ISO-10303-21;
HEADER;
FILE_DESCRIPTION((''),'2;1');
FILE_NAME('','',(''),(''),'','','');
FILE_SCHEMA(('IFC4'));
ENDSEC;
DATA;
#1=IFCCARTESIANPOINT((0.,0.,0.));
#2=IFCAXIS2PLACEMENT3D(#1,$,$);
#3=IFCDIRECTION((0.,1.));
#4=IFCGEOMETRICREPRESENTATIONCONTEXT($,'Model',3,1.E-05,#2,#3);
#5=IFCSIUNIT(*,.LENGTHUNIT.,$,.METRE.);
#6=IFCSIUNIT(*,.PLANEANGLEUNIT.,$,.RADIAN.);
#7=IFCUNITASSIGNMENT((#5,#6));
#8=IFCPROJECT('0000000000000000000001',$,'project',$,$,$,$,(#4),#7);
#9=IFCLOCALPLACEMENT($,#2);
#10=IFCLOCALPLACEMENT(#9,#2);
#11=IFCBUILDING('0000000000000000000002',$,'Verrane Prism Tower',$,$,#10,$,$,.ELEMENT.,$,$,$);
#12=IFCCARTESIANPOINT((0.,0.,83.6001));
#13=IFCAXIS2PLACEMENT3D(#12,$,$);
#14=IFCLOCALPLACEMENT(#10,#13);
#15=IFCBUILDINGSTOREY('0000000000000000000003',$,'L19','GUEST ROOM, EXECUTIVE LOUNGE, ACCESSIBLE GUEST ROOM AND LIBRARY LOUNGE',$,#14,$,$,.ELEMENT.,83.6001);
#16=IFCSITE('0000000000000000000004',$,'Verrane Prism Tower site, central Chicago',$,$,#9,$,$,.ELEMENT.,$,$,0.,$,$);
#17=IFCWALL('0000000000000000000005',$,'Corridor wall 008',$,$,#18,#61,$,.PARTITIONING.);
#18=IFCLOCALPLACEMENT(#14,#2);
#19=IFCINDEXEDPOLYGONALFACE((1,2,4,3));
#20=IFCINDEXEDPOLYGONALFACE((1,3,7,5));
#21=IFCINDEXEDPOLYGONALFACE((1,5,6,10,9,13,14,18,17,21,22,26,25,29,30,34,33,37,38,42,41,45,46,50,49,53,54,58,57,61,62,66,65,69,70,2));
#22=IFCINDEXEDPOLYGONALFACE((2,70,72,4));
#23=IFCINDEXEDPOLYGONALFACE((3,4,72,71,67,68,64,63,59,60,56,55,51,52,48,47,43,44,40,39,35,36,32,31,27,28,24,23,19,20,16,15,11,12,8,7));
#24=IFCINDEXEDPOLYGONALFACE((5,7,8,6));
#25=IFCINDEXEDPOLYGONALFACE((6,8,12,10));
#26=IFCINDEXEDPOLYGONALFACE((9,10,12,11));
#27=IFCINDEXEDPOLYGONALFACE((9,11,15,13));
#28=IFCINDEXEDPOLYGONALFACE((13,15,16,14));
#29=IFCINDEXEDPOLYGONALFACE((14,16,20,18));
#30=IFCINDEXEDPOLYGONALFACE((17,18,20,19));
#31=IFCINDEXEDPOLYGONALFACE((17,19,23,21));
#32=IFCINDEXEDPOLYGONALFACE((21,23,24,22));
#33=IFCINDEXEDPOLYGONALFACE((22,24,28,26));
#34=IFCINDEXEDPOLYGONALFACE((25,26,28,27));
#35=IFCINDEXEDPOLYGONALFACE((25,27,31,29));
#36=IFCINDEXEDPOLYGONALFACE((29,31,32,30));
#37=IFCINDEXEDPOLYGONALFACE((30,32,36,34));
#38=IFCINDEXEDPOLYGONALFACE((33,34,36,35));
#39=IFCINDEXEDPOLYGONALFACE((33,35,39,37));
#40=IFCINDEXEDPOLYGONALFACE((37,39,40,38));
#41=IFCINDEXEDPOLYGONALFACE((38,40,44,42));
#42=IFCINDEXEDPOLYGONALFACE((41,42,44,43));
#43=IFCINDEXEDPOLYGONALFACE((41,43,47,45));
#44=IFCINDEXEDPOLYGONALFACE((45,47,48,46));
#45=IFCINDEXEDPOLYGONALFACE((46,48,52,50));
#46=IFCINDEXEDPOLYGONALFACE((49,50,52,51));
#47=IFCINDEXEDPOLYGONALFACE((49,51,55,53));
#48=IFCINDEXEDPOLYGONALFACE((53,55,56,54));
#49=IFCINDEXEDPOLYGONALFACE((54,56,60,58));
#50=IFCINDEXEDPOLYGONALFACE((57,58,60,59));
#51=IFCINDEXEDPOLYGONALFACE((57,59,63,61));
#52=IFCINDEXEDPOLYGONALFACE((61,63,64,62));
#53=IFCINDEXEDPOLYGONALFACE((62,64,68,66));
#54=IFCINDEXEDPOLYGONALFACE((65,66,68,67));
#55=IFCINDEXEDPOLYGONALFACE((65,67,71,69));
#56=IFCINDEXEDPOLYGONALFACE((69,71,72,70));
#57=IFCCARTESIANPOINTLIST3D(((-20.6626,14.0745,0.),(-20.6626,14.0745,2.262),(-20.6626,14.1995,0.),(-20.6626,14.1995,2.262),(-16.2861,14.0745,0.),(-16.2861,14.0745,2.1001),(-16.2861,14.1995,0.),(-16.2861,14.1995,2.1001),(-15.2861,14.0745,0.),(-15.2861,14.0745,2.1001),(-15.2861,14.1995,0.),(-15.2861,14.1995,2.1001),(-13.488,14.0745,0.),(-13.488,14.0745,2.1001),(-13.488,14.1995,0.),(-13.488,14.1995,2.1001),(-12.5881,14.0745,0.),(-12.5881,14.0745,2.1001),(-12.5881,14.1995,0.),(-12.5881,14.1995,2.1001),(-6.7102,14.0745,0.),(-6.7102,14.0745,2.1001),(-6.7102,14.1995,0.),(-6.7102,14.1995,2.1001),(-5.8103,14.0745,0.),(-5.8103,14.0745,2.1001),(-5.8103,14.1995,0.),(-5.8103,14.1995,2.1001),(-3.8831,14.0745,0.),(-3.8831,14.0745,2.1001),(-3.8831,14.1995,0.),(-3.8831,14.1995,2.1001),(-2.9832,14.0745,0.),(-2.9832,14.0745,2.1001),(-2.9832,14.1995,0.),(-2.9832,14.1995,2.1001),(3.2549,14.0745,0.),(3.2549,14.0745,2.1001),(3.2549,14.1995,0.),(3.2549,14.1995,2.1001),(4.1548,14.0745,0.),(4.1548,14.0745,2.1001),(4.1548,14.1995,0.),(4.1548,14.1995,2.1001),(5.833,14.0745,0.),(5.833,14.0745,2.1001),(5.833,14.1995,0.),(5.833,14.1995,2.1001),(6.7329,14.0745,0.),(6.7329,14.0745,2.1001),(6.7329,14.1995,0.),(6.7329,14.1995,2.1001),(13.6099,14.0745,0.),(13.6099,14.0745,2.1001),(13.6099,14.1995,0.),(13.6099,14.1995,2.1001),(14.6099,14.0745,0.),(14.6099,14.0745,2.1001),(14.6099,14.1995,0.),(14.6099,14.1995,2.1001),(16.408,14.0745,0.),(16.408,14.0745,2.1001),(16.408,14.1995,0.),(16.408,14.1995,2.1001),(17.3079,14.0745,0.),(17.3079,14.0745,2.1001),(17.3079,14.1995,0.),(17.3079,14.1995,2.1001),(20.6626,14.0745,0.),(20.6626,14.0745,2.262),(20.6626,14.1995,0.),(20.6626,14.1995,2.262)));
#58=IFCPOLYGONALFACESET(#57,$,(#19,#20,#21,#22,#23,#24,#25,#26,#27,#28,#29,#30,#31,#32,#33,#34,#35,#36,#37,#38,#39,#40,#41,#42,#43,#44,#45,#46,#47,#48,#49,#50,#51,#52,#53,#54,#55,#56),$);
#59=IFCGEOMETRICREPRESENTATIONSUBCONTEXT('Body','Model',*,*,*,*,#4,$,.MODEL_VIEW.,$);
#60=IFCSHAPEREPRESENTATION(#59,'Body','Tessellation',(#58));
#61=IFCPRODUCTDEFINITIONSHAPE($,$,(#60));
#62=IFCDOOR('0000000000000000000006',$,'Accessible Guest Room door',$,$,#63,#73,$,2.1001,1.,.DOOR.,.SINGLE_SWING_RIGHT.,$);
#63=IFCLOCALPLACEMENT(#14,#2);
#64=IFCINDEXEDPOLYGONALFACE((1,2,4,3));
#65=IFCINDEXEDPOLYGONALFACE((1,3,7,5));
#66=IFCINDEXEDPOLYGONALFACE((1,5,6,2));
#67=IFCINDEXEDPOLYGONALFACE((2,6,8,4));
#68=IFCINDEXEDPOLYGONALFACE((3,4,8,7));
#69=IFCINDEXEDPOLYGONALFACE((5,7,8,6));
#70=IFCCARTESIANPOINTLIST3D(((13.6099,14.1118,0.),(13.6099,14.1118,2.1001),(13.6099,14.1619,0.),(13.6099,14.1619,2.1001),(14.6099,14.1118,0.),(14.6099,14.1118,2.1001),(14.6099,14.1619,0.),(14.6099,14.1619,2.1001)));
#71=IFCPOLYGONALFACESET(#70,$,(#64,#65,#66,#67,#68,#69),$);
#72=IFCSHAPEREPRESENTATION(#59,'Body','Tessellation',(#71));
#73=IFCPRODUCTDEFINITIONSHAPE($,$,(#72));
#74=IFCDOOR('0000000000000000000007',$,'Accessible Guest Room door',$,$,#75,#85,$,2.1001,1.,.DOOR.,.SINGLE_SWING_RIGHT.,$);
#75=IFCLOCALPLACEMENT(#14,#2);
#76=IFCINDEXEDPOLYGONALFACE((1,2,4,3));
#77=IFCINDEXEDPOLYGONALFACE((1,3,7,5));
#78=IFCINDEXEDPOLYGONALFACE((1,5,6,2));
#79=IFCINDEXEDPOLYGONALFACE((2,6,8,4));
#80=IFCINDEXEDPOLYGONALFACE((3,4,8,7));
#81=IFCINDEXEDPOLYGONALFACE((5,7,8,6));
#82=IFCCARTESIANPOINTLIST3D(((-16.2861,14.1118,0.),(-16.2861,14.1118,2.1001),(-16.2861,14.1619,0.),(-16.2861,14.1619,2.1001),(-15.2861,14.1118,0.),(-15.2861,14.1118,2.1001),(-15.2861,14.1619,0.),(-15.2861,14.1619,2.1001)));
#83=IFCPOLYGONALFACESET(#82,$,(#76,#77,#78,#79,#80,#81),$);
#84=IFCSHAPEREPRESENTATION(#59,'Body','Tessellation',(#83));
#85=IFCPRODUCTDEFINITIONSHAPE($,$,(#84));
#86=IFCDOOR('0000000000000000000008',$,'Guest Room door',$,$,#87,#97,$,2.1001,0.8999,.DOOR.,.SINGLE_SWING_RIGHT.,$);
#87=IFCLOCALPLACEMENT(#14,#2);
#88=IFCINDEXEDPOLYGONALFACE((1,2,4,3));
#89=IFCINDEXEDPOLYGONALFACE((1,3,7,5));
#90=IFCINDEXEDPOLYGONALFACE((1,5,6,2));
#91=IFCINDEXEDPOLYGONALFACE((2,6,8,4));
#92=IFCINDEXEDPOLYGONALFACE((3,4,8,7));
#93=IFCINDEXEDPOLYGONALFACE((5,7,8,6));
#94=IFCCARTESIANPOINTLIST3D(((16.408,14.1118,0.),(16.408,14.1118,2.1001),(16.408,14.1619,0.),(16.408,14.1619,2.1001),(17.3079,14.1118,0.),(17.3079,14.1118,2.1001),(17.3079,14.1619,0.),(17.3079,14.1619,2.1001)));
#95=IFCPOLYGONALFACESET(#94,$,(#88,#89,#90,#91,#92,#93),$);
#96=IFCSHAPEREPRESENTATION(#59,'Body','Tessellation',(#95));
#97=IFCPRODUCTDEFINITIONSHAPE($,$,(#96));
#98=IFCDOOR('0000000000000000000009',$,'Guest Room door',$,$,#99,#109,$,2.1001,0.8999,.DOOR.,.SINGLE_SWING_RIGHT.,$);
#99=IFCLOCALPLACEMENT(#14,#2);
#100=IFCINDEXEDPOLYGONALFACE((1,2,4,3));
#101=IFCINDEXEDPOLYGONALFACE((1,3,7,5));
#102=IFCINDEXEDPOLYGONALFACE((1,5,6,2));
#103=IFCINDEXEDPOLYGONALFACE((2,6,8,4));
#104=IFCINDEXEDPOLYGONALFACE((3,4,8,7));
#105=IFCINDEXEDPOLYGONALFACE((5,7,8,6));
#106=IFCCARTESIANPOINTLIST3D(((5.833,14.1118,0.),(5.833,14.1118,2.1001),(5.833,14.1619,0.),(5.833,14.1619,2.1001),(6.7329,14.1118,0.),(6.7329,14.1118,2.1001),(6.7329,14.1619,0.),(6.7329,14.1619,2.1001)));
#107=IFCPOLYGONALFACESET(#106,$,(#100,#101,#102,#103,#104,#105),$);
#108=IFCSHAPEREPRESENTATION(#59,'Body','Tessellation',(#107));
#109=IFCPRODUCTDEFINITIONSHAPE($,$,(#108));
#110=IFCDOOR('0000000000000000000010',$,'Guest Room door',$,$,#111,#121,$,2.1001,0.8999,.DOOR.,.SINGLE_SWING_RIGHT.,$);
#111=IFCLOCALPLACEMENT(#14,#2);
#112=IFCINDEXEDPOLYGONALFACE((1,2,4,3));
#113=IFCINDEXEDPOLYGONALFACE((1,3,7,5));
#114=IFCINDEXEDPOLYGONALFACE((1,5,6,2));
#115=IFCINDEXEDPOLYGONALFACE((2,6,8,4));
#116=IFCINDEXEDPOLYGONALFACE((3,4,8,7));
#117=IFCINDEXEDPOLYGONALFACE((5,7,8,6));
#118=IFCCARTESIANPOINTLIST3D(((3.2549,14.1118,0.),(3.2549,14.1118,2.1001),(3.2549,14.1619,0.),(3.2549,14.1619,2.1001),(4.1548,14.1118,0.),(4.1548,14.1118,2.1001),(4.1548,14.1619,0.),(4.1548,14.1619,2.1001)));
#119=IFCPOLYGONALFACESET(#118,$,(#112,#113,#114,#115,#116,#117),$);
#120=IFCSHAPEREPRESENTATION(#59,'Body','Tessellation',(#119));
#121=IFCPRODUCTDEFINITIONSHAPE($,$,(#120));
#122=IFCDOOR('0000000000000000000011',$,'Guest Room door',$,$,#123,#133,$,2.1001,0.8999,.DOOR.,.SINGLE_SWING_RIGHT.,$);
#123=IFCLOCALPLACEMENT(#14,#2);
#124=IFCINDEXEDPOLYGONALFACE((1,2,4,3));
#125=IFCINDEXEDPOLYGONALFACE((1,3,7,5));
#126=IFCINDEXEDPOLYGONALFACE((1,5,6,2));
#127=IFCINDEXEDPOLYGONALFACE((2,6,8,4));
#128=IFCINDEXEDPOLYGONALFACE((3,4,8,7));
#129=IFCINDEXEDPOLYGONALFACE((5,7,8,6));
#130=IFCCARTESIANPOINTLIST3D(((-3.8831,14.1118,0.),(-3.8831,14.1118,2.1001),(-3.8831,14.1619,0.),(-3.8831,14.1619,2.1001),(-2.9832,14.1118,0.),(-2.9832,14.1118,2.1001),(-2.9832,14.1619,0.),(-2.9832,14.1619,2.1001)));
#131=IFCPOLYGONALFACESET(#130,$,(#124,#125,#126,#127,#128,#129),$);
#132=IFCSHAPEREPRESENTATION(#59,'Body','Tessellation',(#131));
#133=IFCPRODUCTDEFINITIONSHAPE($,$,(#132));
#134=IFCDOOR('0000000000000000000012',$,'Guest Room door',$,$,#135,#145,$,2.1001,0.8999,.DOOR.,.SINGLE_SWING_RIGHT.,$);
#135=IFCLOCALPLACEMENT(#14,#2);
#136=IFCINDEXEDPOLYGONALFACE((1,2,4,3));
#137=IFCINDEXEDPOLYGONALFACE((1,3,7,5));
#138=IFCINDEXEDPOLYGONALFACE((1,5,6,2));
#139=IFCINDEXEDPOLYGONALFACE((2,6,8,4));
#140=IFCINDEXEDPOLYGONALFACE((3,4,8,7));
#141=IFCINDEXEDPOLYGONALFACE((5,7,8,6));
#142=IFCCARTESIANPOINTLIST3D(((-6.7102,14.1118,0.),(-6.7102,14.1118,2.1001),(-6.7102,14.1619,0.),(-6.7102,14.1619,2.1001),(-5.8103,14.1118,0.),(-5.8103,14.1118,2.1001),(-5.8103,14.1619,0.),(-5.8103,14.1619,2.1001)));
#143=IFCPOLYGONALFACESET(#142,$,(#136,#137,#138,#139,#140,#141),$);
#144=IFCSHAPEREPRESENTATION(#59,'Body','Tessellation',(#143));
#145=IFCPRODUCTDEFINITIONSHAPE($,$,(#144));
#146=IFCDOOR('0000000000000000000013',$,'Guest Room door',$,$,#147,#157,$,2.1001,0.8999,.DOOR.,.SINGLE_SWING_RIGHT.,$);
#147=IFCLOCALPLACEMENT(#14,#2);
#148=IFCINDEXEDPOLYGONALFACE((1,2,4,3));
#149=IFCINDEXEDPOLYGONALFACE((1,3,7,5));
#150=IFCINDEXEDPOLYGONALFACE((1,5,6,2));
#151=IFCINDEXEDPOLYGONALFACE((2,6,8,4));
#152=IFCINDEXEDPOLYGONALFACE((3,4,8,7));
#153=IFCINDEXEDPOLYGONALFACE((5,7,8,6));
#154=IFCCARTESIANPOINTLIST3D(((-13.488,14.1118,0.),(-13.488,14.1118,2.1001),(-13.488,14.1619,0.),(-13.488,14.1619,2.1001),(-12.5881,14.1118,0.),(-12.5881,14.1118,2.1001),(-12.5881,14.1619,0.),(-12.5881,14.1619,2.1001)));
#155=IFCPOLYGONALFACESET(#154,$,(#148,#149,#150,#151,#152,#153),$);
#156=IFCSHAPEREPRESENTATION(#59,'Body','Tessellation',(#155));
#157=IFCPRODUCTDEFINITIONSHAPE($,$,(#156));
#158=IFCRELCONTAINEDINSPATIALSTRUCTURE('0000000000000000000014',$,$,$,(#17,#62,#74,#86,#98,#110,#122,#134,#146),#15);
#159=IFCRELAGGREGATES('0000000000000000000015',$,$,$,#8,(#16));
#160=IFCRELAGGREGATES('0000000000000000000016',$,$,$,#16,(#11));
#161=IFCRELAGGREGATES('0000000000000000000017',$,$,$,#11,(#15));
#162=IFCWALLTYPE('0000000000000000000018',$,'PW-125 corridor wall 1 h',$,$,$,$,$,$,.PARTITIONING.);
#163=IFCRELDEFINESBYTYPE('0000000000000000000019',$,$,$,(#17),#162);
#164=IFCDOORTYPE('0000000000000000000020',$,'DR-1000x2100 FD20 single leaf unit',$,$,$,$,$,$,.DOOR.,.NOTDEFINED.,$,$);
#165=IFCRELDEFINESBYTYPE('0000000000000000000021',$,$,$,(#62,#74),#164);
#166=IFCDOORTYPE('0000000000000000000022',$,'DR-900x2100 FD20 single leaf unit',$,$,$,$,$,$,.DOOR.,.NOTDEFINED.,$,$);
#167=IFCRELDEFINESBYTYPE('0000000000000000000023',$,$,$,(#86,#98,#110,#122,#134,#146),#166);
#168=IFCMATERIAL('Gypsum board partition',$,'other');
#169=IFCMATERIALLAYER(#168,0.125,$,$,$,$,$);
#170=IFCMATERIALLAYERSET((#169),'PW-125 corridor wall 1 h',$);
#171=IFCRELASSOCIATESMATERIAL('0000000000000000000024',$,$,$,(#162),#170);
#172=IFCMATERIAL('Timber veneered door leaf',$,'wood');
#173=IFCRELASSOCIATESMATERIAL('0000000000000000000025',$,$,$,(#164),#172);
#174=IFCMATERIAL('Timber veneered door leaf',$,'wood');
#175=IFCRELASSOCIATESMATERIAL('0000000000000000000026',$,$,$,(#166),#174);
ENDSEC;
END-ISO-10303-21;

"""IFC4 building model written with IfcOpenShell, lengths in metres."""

from ifc_helpers import new_model, si_unit, direction, frame, frame_2d, origin, place, context, subcontext, project, spatial, rectangle, extrude, material, layer, layer_set, type_object, element, fill, save


model = new_model("IFC4")

# Units and contexts
model_context = context("Model", 3, precision=1e-05, world=origin(), true_north=direction((0.0, 1.0)))
body_context = subcontext(model_context, "Body", "Model", "MODEL_VIEW")
ifc_project = project(units=[si_unit("LENGTHUNIT", "METRE"), si_unit("PLANEANGLEUNIT", "RADIAN")], contexts=[model_context])

# Site, building, storey
site_placement = place(None, origin())
site = spatial("IfcSite", under=ifc_project, at=site_placement, Name="Verrane Prism Tower site, central Chicago", CompositionType="ELEMENT", RefElevation=0.0)
building_placement = place(site_placement, origin())
building = spatial("IfcBuilding", under=site, at=building_placement, Name="Verrane Prism Tower", CompositionType="ELEMENT")
storey_placement = place(building_placement, frame((0.0, 0.0, 83.6001)))
storey = spatial("IfcBuildingStorey", under=building, at=storey_placement, Name="L19", Description="GUEST ROOM, EXECUTIVE LOUNGE, ACCESSIBLE GUEST ROOM AND LIBRARY LOUNGE", CompositionType="ELEMENT", Elevation=83.6001)

# Wall, openings, doors
ifc_material_1 = material(Name="Gypsum board partition", Category="other")
ifc_layer_1 = layer(ifc_material_1, 0.125)
ifc_layer_set_1 = layer_set([ifc_layer_1], Name="PW-125 corridor wall 1 h")
wall_type_1 = type_object("IfcWallType", Name="PW-125 corridor wall 1 h", PredefinedType="PARTITIONING", material=ifc_layer_set_1)
wall_1_placement = place(storey_placement, frame((-20.6626, 14.137, 0.0), z_axis=(0.0, 0.0, 1.0), x_axis=(1.0, 0.0, 0.0)))
wall_1 = element("IfcWall", 1, at=wall_1_placement, inside=storey, type_object=wall_type_1, Name="Corridor wall 008", PredefinedType="PARTITIONING", context=body_context, shape_type="SweptSolid", body=[
    extrude(rectangle(XDim=41.3252, YDim=0.125, at=frame_2d((20.6626, 0.0))), origin(), (0.0, 0.0, 1.0), 2.262),
])
opening_1_placement = place(wall_1_placement, frame((37.0706, 0.0, 0.0)))
opening_1 = element("IfcOpeningElement", 2, at=opening_1_placement, cuts=wall_1, PredefinedType="OPENING", context=body_context, shape_type="SweptSolid", body=[
    extrude(rectangle(XDim=0.8999, YDim=2.1001, at=frame_2d((0.45, 1.05))), frame((0.0, 0.0725, 0.0), z_axis=(0.0, -1.0, 0.0), x_axis=(1.0, 0.0, 0.0)), (0.0, 0.0, 1.0), 0.145),
])
opening_2_placement = place(wall_1_placement, frame((34.2725, 0.0, 0.0)))
opening_2 = element("IfcOpeningElement", 3, at=opening_2_placement, cuts=wall_1, PredefinedType="OPENING", context=body_context, shape_type="SweptSolid", body=[
    extrude(rectangle(XDim=1.0, YDim=2.1001, at=frame_2d((0.5, 1.05))), frame((0.0, 0.0725, 0.0), z_axis=(0.0, -1.0, 0.0), x_axis=(1.0, 0.0, 0.0)), (0.0, 0.0, 1.0), 0.145),
])
opening_3_placement = place(wall_1_placement, frame((26.4956, 0.0, 0.0)))
opening_3 = element("IfcOpeningElement", 4, at=opening_3_placement, cuts=wall_1, PredefinedType="OPENING", context=body_context, shape_type="SweptSolid", body=[
    extrude(rectangle(XDim=0.8999, YDim=2.1001, at=frame_2d((0.45, 1.05))), frame((0.0, 0.0725, 0.0), z_axis=(0.0, -1.0, 0.0), x_axis=(1.0, 0.0, 0.0)), (0.0, 0.0, 1.0), 0.145),
])
opening_4_placement = place(wall_1_placement, frame((23.9175, 0.0, 0.0)))
opening_4 = element("IfcOpeningElement", 5, at=opening_4_placement, cuts=wall_1, PredefinedType="OPENING", context=body_context, shape_type="SweptSolid", body=[
    extrude(rectangle(XDim=0.8999, YDim=2.1001, at=frame_2d((0.45, 1.05))), frame((0.0, 0.0725, 0.0), z_axis=(0.0, -1.0, 0.0), x_axis=(1.0, 0.0, 0.0)), (0.0, 0.0, 1.0), 0.145),
])
opening_5_placement = place(wall_1_placement, frame((16.7795, 0.0, 0.0)))
opening_5 = element("IfcOpeningElement", 6, at=opening_5_placement, cuts=wall_1, PredefinedType="OPENING", context=body_context, shape_type="SweptSolid", body=[
    extrude(rectangle(XDim=0.8999, YDim=2.1001, at=frame_2d((0.45, 1.05))), frame((0.0, 0.0725, 0.0), z_axis=(0.0, -1.0, 0.0), x_axis=(1.0, 0.0, 0.0)), (0.0, 0.0, 1.0), 0.145),
])
opening_6_placement = place(wall_1_placement, frame((13.9524, 0.0, 0.0)))
opening_6 = element("IfcOpeningElement", 7, at=opening_6_placement, cuts=wall_1, PredefinedType="OPENING", context=body_context, shape_type="SweptSolid", body=[
    extrude(rectangle(XDim=0.8999, YDim=2.1001, at=frame_2d((0.45, 1.05))), frame((0.0, 0.0725, 0.0), z_axis=(0.0, -1.0, 0.0), x_axis=(1.0, 0.0, 0.0)), (0.0, 0.0, 1.0), 0.145),
])
opening_7_placement = place(wall_1_placement, frame((7.1746, 0.0, 0.0)))
opening_7 = element("IfcOpeningElement", 8, at=opening_7_placement, cuts=wall_1, PredefinedType="OPENING", context=body_context, shape_type="SweptSolid", body=[
    extrude(rectangle(XDim=0.8999, YDim=2.1001, at=frame_2d((0.45, 1.05))), frame((0.0, 0.0725, 0.0), z_axis=(0.0, -1.0, 0.0), x_axis=(1.0, 0.0, 0.0)), (0.0, 0.0, 1.0), 0.145),
])
opening_8_placement = place(wall_1_placement, frame((4.3765, 0.0, 0.0)))
opening_8 = element("IfcOpeningElement", 9, at=opening_8_placement, cuts=wall_1, PredefinedType="OPENING", context=body_context, shape_type="SweptSolid", body=[
    extrude(rectangle(XDim=1.0, YDim=2.1001, at=frame_2d((0.5, 1.05))), frame((0.0, 0.0725, 0.0), z_axis=(0.0, -1.0, 0.0), x_axis=(1.0, 0.0, 0.0)), (0.0, 0.0, 1.0), 0.145),
])
ifc_material_2 = material(Name="Timber veneered door leaf", Category="wood")
door_type_1 = type_object("IfcDoorType", Name="DR-1000x2100 FD20 single leaf unit", OperationType="NOTDEFINED", PredefinedType="DOOR", material=ifc_material_2)
door_1_placement = place(opening_2_placement, origin())
door_1 = element("IfcDoor", 10, at=door_1_placement, inside=storey, type_object=door_type_1, Name="Accessible Guest Room door", OperationType="SINGLE_SWING_RIGHT", OverallHeight=2.1001, OverallWidth=1.0, PredefinedType="DOOR", context=body_context, shape_type="SweptSolid", body=[
    extrude(rectangle(XDim=1.0, YDim=2.1001, at=frame_2d((0.5, 1.05))), frame((0.0, 0.0249, 0.0), z_axis=(0.0, -1.0, 0.0), x_axis=(1.0, 0.0, 0.0)), (0.0, 0.0, 1.0), 0.05),
])
fill(opening_2, door_1)
door_2_placement = place(opening_8_placement, origin())
door_2 = element("IfcDoor", 11, at=door_2_placement, inside=storey, type_object=door_type_1, Name="Accessible Guest Room door", OperationType="SINGLE_SWING_RIGHT", OverallHeight=2.1001, OverallWidth=1.0, PredefinedType="DOOR", context=body_context, shape_type="SweptSolid", body=[
    extrude(rectangle(XDim=1.0, YDim=2.1001, at=frame_2d((0.5, 1.05))), frame((0.0, 0.0249, 0.0), z_axis=(0.0, -1.0, 0.0), x_axis=(1.0, 0.0, 0.0)), (0.0, 0.0, 1.0), 0.05),
])
fill(opening_8, door_2)
ifc_material_3 = material(Name="Timber veneered door leaf", Category="wood")
door_type_2 = type_object("IfcDoorType", Name="DR-900x2100 FD20 single leaf unit", OperationType="NOTDEFINED", PredefinedType="DOOR", material=ifc_material_3)
door_3_placement = place(opening_1_placement, origin())
door_3 = element("IfcDoor", 12, at=door_3_placement, inside=storey, type_object=door_type_2, Name="Guest Room door", OperationType="SINGLE_SWING_RIGHT", OverallHeight=2.1001, OverallWidth=0.8999, PredefinedType="DOOR", context=body_context, shape_type="SweptSolid", body=[
    extrude(rectangle(XDim=0.8999, YDim=2.1001, at=frame_2d((0.45, 1.05))), frame((0.0, 0.0249, 0.0), z_axis=(0.0, -1.0, 0.0), x_axis=(1.0, 0.0, 0.0)), (0.0, 0.0, 1.0), 0.05),
])
fill(opening_1, door_3)
door_4_placement = place(opening_3_placement, origin())
door_4 = element("IfcDoor", 13, at=door_4_placement, inside=storey, type_object=door_type_2, Name="Guest Room door", OperationType="SINGLE_SWING_RIGHT", OverallHeight=2.1001, OverallWidth=0.8999, PredefinedType="DOOR", context=body_context, shape_type="SweptSolid", body=[
    extrude(rectangle(XDim=0.8999, YDim=2.1001, at=frame_2d((0.45, 1.05))), frame((0.0, 0.0249, 0.0), z_axis=(0.0, -1.0, 0.0), x_axis=(1.0, 0.0, 0.0)), (0.0, 0.0, 1.0), 0.05),
])
fill(opening_3, door_4)
door_5_placement = place(opening_4_placement, origin())
door_5 = element("IfcDoor", 14, at=door_5_placement, inside=storey, type_object=door_type_2, Name="Guest Room door", OperationType="SINGLE_SWING_RIGHT", OverallHeight=2.1001, OverallWidth=0.8999, PredefinedType="DOOR", context=body_context, shape_type="SweptSolid", body=[
    extrude(rectangle(XDim=0.8999, YDim=2.1001, at=frame_2d((0.45, 1.05))), frame((0.0, 0.0249, 0.0), z_axis=(0.0, -1.0, 0.0), x_axis=(1.0, 0.0, 0.0)), (0.0, 0.0, 1.0), 0.05),
])
fill(opening_4, door_5)
door_6_placement = place(opening_5_placement, origin())
door_6 = element("IfcDoor", 15, at=door_6_placement, inside=storey, type_object=door_type_2, Name="Guest Room door", OperationType="SINGLE_SWING_RIGHT", OverallHeight=2.1001, OverallWidth=0.8999, PredefinedType="DOOR", context=body_context, shape_type="SweptSolid", body=[
    extrude(rectangle(XDim=0.8999, YDim=2.1001, at=frame_2d((0.45, 1.05))), frame((0.0, 0.0249, 0.0), z_axis=(0.0, -1.0, 0.0), x_axis=(1.0, 0.0, 0.0)), (0.0, 0.0, 1.0), 0.05),
])
fill(opening_5, door_6)
door_7_placement = place(opening_6_placement, origin())
door_7 = element("IfcDoor", 16, at=door_7_placement, inside=storey, type_object=door_type_2, Name="Guest Room door", OperationType="SINGLE_SWING_RIGHT", OverallHeight=2.1001, OverallWidth=0.8999, PredefinedType="DOOR", context=body_context, shape_type="SweptSolid", body=[
    extrude(rectangle(XDim=0.8999, YDim=2.1001, at=frame_2d((0.45, 1.05))), frame((0.0, 0.0249, 0.0), z_axis=(0.0, -1.0, 0.0), x_axis=(1.0, 0.0, 0.0)), (0.0, 0.0, 1.0), 0.05),
])
fill(opening_6, door_7)
door_8_placement = place(opening_7_placement, origin())
door_8 = element("IfcDoor", 17, at=door_8_placement, inside=storey, type_object=door_type_2, Name="Guest Room door", OperationType="SINGLE_SWING_RIGHT", OverallHeight=2.1001, OverallWidth=0.8999, PredefinedType="DOOR", context=body_context, shape_type="SweptSolid", body=[
    extrude(rectangle(XDim=0.8999, YDim=2.1001, at=frame_2d((0.45, 1.05))), frame((0.0, 0.0249, 0.0), z_axis=(0.0, -1.0, 0.0), x_axis=(1.0, 0.0, 0.0)), (0.0, 0.0, 1.0), 0.05),
])
fill(opening_7, door_8)

save(model, "model.ifc")
